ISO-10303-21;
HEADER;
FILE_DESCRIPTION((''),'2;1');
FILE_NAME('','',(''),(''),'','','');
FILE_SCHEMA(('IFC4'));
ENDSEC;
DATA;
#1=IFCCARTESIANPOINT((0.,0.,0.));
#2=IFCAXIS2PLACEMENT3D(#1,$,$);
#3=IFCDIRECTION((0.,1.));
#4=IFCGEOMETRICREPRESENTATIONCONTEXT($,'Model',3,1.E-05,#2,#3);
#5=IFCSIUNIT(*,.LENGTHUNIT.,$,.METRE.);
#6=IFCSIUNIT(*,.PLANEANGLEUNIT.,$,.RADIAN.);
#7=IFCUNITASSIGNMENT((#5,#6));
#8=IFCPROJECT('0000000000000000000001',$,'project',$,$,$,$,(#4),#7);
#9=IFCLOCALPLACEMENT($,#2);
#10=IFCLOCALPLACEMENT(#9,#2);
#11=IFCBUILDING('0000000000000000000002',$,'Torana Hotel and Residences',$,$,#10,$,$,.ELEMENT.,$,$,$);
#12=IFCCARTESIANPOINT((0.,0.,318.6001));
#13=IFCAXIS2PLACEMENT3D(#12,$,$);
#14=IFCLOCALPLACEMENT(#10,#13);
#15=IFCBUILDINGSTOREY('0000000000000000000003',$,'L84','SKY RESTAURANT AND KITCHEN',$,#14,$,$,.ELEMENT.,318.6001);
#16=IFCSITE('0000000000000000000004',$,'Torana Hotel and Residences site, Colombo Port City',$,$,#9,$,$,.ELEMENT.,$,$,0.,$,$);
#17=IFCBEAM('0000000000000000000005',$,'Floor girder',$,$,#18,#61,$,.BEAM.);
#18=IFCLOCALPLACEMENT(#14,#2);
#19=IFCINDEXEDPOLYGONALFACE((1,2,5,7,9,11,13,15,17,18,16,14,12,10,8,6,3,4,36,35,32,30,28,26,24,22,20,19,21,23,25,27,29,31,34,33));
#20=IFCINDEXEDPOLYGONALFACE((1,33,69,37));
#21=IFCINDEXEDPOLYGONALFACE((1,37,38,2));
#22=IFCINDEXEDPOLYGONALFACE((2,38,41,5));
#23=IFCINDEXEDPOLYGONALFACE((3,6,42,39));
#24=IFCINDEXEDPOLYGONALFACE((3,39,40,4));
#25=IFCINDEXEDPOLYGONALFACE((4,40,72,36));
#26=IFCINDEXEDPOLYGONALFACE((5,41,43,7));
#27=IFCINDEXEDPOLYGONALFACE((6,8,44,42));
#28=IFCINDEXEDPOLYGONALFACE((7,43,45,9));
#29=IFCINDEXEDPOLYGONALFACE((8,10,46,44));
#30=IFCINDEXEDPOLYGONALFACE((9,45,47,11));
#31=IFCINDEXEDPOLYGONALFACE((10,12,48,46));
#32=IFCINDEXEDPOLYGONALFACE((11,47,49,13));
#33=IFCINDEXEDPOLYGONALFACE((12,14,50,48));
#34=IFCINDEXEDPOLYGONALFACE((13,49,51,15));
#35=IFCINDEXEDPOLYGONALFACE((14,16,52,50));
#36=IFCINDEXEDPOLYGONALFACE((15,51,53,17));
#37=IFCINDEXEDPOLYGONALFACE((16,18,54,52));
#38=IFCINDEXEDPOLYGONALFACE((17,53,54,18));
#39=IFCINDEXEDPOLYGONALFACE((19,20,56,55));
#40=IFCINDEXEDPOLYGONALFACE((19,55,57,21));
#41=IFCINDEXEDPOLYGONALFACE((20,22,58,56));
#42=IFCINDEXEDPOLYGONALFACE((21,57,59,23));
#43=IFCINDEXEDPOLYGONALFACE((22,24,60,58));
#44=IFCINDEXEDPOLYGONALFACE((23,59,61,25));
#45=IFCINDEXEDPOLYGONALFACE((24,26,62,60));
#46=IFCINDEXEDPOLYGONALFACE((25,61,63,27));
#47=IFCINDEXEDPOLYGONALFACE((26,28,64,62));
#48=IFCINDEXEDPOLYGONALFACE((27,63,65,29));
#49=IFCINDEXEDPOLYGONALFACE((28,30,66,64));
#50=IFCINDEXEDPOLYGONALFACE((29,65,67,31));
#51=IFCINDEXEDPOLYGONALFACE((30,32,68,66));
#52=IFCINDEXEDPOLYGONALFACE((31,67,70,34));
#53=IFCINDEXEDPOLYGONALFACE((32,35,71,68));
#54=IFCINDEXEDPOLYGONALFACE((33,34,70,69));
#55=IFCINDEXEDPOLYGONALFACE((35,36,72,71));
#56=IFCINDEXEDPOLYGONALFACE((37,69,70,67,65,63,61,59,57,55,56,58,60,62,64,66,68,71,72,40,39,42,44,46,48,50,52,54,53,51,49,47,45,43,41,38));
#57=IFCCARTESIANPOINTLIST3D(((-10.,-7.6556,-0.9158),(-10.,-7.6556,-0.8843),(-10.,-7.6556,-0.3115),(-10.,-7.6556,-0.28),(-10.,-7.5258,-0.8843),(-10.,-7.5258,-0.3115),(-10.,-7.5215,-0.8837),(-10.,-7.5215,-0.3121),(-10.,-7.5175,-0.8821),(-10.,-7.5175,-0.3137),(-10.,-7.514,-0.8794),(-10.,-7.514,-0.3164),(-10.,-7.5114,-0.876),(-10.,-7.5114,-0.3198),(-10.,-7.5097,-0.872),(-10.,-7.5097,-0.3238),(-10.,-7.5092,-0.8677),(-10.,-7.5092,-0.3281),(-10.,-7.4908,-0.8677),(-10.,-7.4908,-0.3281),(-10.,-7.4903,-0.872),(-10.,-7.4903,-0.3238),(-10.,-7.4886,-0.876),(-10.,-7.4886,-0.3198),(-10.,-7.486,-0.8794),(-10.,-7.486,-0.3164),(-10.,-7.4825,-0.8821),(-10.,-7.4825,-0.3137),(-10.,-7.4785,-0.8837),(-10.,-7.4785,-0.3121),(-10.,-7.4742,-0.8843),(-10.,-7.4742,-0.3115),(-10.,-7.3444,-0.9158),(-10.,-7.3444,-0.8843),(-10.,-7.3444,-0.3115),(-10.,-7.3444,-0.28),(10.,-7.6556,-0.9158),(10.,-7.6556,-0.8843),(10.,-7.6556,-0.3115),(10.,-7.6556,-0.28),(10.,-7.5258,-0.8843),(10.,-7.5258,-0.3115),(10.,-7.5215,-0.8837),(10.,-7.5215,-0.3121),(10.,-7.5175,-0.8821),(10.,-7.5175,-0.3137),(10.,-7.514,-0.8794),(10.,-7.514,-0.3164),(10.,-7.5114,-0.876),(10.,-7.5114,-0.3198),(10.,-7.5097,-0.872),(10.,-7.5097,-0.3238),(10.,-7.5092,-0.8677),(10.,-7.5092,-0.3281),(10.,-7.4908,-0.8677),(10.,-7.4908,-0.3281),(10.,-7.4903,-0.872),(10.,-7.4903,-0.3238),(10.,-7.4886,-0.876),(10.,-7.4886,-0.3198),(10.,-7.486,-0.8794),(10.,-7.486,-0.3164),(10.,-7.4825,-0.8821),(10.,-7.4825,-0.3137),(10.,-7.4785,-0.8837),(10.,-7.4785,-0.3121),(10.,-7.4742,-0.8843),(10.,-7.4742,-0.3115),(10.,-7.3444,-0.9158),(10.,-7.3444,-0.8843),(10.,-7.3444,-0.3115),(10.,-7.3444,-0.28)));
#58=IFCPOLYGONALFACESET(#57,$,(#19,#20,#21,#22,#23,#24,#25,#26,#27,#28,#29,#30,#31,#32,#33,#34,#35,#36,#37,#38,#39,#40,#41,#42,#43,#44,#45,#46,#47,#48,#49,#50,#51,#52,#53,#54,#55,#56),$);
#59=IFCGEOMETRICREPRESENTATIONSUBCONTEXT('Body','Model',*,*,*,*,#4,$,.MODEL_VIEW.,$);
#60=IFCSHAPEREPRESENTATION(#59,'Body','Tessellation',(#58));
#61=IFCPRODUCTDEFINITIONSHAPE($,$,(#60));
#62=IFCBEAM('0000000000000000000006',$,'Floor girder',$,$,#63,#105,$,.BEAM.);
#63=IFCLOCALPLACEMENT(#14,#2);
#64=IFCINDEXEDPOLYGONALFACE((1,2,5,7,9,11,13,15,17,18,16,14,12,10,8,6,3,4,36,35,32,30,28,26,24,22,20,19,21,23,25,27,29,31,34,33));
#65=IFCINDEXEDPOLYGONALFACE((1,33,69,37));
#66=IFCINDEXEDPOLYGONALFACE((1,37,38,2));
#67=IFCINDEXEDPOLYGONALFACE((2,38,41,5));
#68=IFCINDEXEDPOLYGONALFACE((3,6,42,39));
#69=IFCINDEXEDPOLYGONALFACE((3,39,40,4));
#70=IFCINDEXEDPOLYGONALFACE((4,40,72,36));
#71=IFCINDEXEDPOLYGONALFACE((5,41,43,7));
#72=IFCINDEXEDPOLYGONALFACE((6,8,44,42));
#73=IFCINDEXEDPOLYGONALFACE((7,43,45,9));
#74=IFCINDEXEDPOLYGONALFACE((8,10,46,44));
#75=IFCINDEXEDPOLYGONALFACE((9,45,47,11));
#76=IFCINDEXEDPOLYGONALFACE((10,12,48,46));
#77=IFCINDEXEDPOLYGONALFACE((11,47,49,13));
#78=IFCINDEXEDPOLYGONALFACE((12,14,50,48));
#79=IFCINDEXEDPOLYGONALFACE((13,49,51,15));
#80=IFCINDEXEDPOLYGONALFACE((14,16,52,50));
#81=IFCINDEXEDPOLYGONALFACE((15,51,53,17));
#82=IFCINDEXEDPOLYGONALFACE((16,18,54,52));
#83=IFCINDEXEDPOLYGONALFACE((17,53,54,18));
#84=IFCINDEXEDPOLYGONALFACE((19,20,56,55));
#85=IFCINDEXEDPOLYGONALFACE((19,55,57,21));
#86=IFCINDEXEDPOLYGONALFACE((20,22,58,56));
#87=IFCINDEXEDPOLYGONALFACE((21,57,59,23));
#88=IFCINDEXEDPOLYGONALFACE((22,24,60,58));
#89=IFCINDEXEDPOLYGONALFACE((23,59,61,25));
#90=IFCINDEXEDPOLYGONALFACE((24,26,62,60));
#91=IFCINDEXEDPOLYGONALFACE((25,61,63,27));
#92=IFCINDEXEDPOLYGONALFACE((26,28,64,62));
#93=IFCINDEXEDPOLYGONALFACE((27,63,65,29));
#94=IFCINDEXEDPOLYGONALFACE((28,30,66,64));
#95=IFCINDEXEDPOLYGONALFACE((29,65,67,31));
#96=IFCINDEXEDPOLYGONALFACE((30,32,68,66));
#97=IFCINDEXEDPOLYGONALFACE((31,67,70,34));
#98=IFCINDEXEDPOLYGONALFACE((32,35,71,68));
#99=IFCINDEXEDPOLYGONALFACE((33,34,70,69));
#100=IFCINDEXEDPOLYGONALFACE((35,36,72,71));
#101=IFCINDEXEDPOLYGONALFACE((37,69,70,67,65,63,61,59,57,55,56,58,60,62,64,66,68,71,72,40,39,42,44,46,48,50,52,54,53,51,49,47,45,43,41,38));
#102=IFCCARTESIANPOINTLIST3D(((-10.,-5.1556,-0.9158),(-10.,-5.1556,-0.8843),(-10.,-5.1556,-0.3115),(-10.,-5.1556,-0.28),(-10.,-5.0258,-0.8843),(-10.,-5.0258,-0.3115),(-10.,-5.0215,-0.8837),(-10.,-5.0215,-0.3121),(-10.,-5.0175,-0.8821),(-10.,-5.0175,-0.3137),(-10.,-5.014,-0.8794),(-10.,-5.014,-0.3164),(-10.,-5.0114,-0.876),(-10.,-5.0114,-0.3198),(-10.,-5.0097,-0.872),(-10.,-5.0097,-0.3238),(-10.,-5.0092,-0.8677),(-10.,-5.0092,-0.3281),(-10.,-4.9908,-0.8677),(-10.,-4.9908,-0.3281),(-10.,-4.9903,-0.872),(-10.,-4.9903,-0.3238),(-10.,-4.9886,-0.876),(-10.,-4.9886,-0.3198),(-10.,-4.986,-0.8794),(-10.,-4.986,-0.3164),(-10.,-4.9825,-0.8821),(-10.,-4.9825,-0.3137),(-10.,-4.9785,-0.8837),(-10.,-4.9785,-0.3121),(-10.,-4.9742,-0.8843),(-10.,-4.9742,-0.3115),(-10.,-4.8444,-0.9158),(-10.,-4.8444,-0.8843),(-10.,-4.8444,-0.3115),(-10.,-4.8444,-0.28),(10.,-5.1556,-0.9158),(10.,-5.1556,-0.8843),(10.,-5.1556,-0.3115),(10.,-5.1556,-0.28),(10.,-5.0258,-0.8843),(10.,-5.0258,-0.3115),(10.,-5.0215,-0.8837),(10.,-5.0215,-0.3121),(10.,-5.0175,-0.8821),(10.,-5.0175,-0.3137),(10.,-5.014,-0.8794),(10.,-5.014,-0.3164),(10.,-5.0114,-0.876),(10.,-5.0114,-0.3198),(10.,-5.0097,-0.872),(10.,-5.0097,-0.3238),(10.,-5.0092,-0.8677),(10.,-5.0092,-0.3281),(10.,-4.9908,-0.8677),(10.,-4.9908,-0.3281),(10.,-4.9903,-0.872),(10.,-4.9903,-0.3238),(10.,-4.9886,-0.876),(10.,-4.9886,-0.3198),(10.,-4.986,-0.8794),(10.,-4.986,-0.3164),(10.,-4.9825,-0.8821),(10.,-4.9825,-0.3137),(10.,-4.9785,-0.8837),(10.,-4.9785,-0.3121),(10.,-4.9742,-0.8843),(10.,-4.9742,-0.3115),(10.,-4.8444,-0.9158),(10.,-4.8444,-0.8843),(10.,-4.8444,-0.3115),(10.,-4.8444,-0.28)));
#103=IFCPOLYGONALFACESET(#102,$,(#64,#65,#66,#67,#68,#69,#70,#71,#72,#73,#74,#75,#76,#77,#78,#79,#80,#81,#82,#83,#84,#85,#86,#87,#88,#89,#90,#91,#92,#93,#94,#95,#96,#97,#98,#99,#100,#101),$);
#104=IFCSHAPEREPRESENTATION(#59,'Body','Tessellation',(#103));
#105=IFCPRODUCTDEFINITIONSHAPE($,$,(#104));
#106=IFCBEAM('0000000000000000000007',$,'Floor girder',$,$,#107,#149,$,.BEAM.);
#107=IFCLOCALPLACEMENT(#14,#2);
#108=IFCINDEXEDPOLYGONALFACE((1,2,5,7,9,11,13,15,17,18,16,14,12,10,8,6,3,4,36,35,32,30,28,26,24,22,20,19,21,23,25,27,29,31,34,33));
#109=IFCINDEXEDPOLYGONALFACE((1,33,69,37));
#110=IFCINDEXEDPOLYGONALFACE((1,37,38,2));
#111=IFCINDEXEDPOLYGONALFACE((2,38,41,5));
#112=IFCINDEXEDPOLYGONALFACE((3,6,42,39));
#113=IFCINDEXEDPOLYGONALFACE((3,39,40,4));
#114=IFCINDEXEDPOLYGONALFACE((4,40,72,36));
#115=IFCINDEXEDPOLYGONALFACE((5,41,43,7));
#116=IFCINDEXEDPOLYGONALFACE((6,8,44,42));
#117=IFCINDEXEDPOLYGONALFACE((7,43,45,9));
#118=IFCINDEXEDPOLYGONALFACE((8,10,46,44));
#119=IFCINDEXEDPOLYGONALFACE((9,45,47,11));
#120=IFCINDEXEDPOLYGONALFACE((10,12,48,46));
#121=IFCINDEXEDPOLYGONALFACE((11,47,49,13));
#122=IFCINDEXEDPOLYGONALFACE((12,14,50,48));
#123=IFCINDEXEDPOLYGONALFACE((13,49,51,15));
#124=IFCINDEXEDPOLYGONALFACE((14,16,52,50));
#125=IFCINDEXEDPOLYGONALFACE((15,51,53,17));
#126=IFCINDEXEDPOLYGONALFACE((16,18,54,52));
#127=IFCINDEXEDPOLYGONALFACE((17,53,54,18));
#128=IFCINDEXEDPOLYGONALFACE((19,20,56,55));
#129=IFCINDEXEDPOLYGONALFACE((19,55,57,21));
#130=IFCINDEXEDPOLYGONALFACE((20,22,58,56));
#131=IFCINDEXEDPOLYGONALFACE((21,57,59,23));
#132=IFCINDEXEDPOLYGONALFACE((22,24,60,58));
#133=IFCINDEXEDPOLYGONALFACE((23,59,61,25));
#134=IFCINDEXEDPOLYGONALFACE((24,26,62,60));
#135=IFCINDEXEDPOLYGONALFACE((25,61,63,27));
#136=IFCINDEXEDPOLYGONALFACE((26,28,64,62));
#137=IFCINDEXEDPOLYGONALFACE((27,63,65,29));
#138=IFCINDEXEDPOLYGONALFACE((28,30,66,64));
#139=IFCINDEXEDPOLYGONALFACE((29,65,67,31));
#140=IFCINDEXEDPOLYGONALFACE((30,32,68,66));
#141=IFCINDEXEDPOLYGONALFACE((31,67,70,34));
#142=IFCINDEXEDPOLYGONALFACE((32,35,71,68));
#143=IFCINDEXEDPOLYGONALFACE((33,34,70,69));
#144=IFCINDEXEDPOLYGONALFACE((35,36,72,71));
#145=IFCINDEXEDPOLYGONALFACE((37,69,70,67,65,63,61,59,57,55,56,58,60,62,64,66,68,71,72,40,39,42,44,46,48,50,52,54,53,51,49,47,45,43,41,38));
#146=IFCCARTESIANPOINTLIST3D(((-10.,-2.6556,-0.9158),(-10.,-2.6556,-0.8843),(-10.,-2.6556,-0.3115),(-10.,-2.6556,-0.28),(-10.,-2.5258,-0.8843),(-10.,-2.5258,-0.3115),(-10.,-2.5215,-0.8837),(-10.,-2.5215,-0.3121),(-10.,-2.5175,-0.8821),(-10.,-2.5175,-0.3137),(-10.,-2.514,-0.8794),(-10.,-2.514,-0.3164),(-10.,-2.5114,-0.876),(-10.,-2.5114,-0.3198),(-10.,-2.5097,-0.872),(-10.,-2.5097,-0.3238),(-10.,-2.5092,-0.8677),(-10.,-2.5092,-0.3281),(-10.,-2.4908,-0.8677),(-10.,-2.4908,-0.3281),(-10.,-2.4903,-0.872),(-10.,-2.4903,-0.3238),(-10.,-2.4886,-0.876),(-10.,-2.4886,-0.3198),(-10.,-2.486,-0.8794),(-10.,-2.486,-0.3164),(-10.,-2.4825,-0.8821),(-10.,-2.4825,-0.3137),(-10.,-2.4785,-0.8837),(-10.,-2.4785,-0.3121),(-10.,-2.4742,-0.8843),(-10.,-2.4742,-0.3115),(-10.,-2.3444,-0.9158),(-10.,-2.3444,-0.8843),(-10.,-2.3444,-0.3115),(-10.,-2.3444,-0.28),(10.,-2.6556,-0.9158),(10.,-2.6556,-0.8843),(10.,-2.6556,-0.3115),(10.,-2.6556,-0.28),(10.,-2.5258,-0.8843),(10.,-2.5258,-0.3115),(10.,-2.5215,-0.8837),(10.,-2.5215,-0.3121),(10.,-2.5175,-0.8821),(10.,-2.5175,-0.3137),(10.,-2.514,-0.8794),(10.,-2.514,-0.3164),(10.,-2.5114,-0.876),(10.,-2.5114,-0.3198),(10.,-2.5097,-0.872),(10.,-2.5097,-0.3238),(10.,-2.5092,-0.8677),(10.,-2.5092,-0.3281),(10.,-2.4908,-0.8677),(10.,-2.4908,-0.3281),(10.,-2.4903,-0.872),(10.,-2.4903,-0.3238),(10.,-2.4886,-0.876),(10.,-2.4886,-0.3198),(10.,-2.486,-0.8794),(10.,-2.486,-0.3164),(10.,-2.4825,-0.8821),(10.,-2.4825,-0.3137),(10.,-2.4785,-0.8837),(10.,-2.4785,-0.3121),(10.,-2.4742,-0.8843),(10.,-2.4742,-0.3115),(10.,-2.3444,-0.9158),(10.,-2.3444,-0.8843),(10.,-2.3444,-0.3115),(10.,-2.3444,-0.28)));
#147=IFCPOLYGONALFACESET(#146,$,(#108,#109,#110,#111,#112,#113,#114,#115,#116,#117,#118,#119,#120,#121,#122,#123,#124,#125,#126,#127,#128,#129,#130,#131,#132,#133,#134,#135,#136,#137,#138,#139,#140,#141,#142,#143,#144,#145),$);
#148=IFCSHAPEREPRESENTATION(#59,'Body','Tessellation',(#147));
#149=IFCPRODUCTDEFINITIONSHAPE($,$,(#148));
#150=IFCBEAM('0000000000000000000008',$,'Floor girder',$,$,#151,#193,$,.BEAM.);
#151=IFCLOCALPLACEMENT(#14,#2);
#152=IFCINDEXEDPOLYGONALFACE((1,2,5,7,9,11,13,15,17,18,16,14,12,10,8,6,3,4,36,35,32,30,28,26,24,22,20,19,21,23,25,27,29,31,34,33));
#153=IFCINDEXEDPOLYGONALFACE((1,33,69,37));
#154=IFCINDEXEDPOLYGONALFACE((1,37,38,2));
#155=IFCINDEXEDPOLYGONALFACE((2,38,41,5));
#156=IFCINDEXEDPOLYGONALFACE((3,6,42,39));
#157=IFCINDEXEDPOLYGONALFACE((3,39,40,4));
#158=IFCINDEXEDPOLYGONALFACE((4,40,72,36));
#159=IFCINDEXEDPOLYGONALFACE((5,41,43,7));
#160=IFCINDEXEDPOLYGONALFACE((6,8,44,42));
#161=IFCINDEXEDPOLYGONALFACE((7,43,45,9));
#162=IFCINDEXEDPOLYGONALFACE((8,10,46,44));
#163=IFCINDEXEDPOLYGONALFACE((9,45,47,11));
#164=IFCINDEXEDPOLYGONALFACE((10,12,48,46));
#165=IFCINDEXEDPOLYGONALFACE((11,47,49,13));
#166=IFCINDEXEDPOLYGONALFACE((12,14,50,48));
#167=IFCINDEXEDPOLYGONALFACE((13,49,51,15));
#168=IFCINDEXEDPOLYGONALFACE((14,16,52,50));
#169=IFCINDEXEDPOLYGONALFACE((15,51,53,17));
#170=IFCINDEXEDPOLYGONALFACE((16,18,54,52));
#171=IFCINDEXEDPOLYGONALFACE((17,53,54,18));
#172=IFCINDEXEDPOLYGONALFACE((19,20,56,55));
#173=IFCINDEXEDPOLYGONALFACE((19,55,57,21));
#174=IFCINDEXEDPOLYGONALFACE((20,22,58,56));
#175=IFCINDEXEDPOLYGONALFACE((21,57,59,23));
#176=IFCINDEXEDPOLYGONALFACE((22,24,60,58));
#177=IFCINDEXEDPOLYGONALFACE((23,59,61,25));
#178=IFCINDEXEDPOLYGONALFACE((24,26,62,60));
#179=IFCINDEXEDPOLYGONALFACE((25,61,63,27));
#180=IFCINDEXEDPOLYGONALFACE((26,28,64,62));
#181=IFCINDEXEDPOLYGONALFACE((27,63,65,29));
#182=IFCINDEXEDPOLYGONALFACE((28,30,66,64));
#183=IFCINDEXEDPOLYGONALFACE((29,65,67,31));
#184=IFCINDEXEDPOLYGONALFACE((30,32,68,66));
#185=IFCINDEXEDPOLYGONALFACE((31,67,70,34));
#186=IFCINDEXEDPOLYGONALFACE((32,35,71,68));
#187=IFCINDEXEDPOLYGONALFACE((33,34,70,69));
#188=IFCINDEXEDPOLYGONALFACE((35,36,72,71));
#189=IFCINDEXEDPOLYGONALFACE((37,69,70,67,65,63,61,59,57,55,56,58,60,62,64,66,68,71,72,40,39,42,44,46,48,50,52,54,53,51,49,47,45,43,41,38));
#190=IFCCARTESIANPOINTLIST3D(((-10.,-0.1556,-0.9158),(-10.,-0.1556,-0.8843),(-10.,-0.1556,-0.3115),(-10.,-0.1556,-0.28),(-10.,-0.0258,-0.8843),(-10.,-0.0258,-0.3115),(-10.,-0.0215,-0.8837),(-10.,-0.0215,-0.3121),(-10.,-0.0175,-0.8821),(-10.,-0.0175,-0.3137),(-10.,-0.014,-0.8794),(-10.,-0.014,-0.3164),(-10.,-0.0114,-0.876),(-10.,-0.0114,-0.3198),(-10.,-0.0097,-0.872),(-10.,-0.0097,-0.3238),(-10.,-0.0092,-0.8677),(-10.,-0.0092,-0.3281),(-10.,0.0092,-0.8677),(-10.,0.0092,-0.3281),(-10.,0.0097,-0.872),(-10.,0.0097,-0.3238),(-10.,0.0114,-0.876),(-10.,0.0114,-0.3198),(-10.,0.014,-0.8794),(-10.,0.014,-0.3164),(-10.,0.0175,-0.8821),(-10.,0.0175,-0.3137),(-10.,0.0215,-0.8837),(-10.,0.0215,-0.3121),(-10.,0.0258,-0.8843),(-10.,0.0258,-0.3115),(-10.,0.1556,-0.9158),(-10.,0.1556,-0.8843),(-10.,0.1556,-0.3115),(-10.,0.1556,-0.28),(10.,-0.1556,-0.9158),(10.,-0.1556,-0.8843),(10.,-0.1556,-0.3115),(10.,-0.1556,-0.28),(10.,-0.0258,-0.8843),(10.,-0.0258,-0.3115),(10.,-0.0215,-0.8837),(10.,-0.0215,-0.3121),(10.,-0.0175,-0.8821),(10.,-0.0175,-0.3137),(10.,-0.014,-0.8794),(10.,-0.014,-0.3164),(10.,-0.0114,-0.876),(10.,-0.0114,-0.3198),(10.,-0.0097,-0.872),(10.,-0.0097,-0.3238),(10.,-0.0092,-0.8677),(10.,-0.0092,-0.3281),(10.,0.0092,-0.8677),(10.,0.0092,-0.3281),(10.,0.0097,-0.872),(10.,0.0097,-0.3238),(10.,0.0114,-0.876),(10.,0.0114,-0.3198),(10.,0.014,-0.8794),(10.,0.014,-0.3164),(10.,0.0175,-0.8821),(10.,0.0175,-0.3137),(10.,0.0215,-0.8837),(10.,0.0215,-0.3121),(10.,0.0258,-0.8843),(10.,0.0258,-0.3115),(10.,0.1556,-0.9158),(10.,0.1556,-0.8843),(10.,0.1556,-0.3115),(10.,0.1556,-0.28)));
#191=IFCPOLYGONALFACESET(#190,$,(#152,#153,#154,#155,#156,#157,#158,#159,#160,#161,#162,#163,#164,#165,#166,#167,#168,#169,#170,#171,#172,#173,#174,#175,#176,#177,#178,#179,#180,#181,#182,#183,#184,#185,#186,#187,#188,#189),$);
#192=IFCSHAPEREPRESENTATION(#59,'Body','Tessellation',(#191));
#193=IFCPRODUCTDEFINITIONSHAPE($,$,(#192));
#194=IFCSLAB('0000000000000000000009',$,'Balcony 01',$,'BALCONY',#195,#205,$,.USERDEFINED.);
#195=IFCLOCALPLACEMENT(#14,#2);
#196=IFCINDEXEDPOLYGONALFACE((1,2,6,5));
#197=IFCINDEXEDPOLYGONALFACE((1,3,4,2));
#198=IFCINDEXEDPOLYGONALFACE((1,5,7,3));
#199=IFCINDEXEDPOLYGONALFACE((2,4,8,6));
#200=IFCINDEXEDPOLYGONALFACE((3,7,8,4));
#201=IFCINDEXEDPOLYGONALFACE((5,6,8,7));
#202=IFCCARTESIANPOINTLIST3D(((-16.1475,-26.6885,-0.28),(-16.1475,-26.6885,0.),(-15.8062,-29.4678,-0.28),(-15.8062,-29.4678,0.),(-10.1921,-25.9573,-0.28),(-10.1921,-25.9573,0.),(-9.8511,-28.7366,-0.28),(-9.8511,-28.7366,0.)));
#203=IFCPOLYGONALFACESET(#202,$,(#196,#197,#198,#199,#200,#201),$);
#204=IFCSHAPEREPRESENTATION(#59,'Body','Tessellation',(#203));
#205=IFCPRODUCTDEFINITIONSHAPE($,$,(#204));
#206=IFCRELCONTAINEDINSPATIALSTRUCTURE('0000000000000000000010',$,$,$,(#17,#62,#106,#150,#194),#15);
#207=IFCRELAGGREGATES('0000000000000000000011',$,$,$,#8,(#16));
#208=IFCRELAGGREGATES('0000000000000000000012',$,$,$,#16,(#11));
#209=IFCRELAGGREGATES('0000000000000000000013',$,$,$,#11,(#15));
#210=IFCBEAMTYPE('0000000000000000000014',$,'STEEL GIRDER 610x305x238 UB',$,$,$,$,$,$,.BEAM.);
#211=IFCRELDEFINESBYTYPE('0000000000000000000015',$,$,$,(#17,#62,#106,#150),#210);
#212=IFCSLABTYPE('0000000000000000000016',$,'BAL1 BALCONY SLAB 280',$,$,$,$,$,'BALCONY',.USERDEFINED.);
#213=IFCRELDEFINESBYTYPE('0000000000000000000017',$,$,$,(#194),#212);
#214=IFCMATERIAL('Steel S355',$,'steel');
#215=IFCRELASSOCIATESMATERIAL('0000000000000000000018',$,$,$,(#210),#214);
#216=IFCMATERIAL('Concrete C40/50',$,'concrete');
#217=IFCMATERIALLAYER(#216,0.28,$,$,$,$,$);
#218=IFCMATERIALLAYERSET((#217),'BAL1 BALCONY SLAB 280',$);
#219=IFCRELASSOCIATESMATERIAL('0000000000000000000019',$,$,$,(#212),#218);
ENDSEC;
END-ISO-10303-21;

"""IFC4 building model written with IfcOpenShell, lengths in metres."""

from ifc_helpers import new_model, si_unit, direction, frame, origin, origin_2d, place, context, subcontext, project, spatial, polyline, i_section, outline, extrude, material, layer, layer_set, material_profile, profile_set, type_object, element, save


model = new_model("IFC4")

# Units and contexts
model_context = context("Model", 3, precision=1e-05, world=origin(), true_north=direction((0.0, 1.0)))
body_context = subcontext(model_context, "Body", "Model", "MODEL_VIEW")
ifc_project = project(units=[si_unit("LENGTHUNIT", "METRE"), si_unit("PLANEANGLEUNIT", "RADIAN")], contexts=[model_context])

# Site, building, storey
site_placement = place(None, origin())
site = spatial("IfcSite", under=ifc_project, at=site_placement, Name="Torana Hotel and Residences site, Colombo Port City", CompositionType="ELEMENT", RefElevation=0.0)
building_placement = place(site_placement, origin())
building = spatial("IfcBuilding", under=site, at=building_placement, Name="Torana Hotel and Residences", CompositionType="ELEMENT")
storey_placement = place(building_placement, frame((0.0, 0.0, 318.6001)))
storey = spatial("IfcBuildingStorey", under=building, at=storey_placement, Name="L84", Description="SKY RESTAURANT AND KITCHEN", CompositionType="ELEMENT", Elevation=318.6001)

# Beams
ifc_material_1 = material(Name="Steel S355", Category="steel")
ifc_material_profile = material_profile(ifc_material_1, i_section(OverallWidth=0.3113, OverallDepth=0.6357, WebThickness=0.0183, FlangeThickness=0.0315, FilletRadius=0.0166, at=origin_2d()), Name="610x305x238 UB")
ifc_profile_set = profile_set([ifc_material_profile], Name="Steel S355")
beam_type = type_object("IfcBeamType", Name="STEEL GIRDER 610x305x238 UB", PredefinedType="BEAM", material=ifc_profile_set)
for number, where, z_axis, x_axis, name in (
    (1, (-10.0, -7.5, -0.5979), (1.0, 0.0, 0.0), (0.0, 1.0, 0.0), "Floor girder"),
    (2, (-10.0, -5.0, -0.5979), (1.0, 0.0, 0.0), (0.0, 1.0, 0.0), "Floor girder"),
    (3, (-10.0, -2.5, -0.5979), (1.0, 0.0, 0.0), (0.0, 1.0, 0.0), "Floor girder"),
    (4, (-10.0, 0.0, -0.5979), (1.0, 0.0, 0.0), (0.0, 1.0, 0.0), "Floor girder"),
):
    element("IfcBeam", number, at=place(storey_placement, frame(where, z_axis=z_axis, x_axis=x_axis)), inside=storey, type_object=beam_type, Name=name, PredefinedType="BEAM", context=body_context, shape_type="SweptSolid", body=[
        extrude(i_section(OverallWidth=0.3113, OverallDepth=0.6357, WebThickness=0.0183, FlangeThickness=0.0315, FilletRadius=0.0166, at=origin_2d()), origin(), (0.0, 0.0, 1.0), 20.0),
    ])

# Slab
ifc_material_2 = material(Name="Concrete C40/50", Category="concrete")
ifc_layer_1 = layer(ifc_material_2, 0.28)
ifc_layer_set_1 = layer_set([ifc_layer_1], Name="BAL1 BALCONY SLAB 280")
slab_type_1 = type_object("IfcSlabType", Name="BAL1 BALCONY SLAB 280", ElementType="BALCONY", PredefinedType="USERDEFINED", material=ifc_layer_set_1)
slab_1_placement = place(storey_placement, frame((0.0, 0.0, -0.28)))
element("IfcSlab", 5, at=slab_1_placement, inside=storey, type_object=slab_type_1, Name="Balcony 01", ObjectType="BALCONY", PredefinedType="USERDEFINED", context=body_context, shape_type="SweptSolid", body=[
    extrude(outline(polyline([(-15.8062, -29.4678), (-9.8511, -28.7366), (-10.1921, -25.9573), (-16.1475, -26.6885), (-15.8062, -29.4678)])), origin(), (0.0, 0.0, 1.0), 0.28),
])

save(model, "model.ifc")
